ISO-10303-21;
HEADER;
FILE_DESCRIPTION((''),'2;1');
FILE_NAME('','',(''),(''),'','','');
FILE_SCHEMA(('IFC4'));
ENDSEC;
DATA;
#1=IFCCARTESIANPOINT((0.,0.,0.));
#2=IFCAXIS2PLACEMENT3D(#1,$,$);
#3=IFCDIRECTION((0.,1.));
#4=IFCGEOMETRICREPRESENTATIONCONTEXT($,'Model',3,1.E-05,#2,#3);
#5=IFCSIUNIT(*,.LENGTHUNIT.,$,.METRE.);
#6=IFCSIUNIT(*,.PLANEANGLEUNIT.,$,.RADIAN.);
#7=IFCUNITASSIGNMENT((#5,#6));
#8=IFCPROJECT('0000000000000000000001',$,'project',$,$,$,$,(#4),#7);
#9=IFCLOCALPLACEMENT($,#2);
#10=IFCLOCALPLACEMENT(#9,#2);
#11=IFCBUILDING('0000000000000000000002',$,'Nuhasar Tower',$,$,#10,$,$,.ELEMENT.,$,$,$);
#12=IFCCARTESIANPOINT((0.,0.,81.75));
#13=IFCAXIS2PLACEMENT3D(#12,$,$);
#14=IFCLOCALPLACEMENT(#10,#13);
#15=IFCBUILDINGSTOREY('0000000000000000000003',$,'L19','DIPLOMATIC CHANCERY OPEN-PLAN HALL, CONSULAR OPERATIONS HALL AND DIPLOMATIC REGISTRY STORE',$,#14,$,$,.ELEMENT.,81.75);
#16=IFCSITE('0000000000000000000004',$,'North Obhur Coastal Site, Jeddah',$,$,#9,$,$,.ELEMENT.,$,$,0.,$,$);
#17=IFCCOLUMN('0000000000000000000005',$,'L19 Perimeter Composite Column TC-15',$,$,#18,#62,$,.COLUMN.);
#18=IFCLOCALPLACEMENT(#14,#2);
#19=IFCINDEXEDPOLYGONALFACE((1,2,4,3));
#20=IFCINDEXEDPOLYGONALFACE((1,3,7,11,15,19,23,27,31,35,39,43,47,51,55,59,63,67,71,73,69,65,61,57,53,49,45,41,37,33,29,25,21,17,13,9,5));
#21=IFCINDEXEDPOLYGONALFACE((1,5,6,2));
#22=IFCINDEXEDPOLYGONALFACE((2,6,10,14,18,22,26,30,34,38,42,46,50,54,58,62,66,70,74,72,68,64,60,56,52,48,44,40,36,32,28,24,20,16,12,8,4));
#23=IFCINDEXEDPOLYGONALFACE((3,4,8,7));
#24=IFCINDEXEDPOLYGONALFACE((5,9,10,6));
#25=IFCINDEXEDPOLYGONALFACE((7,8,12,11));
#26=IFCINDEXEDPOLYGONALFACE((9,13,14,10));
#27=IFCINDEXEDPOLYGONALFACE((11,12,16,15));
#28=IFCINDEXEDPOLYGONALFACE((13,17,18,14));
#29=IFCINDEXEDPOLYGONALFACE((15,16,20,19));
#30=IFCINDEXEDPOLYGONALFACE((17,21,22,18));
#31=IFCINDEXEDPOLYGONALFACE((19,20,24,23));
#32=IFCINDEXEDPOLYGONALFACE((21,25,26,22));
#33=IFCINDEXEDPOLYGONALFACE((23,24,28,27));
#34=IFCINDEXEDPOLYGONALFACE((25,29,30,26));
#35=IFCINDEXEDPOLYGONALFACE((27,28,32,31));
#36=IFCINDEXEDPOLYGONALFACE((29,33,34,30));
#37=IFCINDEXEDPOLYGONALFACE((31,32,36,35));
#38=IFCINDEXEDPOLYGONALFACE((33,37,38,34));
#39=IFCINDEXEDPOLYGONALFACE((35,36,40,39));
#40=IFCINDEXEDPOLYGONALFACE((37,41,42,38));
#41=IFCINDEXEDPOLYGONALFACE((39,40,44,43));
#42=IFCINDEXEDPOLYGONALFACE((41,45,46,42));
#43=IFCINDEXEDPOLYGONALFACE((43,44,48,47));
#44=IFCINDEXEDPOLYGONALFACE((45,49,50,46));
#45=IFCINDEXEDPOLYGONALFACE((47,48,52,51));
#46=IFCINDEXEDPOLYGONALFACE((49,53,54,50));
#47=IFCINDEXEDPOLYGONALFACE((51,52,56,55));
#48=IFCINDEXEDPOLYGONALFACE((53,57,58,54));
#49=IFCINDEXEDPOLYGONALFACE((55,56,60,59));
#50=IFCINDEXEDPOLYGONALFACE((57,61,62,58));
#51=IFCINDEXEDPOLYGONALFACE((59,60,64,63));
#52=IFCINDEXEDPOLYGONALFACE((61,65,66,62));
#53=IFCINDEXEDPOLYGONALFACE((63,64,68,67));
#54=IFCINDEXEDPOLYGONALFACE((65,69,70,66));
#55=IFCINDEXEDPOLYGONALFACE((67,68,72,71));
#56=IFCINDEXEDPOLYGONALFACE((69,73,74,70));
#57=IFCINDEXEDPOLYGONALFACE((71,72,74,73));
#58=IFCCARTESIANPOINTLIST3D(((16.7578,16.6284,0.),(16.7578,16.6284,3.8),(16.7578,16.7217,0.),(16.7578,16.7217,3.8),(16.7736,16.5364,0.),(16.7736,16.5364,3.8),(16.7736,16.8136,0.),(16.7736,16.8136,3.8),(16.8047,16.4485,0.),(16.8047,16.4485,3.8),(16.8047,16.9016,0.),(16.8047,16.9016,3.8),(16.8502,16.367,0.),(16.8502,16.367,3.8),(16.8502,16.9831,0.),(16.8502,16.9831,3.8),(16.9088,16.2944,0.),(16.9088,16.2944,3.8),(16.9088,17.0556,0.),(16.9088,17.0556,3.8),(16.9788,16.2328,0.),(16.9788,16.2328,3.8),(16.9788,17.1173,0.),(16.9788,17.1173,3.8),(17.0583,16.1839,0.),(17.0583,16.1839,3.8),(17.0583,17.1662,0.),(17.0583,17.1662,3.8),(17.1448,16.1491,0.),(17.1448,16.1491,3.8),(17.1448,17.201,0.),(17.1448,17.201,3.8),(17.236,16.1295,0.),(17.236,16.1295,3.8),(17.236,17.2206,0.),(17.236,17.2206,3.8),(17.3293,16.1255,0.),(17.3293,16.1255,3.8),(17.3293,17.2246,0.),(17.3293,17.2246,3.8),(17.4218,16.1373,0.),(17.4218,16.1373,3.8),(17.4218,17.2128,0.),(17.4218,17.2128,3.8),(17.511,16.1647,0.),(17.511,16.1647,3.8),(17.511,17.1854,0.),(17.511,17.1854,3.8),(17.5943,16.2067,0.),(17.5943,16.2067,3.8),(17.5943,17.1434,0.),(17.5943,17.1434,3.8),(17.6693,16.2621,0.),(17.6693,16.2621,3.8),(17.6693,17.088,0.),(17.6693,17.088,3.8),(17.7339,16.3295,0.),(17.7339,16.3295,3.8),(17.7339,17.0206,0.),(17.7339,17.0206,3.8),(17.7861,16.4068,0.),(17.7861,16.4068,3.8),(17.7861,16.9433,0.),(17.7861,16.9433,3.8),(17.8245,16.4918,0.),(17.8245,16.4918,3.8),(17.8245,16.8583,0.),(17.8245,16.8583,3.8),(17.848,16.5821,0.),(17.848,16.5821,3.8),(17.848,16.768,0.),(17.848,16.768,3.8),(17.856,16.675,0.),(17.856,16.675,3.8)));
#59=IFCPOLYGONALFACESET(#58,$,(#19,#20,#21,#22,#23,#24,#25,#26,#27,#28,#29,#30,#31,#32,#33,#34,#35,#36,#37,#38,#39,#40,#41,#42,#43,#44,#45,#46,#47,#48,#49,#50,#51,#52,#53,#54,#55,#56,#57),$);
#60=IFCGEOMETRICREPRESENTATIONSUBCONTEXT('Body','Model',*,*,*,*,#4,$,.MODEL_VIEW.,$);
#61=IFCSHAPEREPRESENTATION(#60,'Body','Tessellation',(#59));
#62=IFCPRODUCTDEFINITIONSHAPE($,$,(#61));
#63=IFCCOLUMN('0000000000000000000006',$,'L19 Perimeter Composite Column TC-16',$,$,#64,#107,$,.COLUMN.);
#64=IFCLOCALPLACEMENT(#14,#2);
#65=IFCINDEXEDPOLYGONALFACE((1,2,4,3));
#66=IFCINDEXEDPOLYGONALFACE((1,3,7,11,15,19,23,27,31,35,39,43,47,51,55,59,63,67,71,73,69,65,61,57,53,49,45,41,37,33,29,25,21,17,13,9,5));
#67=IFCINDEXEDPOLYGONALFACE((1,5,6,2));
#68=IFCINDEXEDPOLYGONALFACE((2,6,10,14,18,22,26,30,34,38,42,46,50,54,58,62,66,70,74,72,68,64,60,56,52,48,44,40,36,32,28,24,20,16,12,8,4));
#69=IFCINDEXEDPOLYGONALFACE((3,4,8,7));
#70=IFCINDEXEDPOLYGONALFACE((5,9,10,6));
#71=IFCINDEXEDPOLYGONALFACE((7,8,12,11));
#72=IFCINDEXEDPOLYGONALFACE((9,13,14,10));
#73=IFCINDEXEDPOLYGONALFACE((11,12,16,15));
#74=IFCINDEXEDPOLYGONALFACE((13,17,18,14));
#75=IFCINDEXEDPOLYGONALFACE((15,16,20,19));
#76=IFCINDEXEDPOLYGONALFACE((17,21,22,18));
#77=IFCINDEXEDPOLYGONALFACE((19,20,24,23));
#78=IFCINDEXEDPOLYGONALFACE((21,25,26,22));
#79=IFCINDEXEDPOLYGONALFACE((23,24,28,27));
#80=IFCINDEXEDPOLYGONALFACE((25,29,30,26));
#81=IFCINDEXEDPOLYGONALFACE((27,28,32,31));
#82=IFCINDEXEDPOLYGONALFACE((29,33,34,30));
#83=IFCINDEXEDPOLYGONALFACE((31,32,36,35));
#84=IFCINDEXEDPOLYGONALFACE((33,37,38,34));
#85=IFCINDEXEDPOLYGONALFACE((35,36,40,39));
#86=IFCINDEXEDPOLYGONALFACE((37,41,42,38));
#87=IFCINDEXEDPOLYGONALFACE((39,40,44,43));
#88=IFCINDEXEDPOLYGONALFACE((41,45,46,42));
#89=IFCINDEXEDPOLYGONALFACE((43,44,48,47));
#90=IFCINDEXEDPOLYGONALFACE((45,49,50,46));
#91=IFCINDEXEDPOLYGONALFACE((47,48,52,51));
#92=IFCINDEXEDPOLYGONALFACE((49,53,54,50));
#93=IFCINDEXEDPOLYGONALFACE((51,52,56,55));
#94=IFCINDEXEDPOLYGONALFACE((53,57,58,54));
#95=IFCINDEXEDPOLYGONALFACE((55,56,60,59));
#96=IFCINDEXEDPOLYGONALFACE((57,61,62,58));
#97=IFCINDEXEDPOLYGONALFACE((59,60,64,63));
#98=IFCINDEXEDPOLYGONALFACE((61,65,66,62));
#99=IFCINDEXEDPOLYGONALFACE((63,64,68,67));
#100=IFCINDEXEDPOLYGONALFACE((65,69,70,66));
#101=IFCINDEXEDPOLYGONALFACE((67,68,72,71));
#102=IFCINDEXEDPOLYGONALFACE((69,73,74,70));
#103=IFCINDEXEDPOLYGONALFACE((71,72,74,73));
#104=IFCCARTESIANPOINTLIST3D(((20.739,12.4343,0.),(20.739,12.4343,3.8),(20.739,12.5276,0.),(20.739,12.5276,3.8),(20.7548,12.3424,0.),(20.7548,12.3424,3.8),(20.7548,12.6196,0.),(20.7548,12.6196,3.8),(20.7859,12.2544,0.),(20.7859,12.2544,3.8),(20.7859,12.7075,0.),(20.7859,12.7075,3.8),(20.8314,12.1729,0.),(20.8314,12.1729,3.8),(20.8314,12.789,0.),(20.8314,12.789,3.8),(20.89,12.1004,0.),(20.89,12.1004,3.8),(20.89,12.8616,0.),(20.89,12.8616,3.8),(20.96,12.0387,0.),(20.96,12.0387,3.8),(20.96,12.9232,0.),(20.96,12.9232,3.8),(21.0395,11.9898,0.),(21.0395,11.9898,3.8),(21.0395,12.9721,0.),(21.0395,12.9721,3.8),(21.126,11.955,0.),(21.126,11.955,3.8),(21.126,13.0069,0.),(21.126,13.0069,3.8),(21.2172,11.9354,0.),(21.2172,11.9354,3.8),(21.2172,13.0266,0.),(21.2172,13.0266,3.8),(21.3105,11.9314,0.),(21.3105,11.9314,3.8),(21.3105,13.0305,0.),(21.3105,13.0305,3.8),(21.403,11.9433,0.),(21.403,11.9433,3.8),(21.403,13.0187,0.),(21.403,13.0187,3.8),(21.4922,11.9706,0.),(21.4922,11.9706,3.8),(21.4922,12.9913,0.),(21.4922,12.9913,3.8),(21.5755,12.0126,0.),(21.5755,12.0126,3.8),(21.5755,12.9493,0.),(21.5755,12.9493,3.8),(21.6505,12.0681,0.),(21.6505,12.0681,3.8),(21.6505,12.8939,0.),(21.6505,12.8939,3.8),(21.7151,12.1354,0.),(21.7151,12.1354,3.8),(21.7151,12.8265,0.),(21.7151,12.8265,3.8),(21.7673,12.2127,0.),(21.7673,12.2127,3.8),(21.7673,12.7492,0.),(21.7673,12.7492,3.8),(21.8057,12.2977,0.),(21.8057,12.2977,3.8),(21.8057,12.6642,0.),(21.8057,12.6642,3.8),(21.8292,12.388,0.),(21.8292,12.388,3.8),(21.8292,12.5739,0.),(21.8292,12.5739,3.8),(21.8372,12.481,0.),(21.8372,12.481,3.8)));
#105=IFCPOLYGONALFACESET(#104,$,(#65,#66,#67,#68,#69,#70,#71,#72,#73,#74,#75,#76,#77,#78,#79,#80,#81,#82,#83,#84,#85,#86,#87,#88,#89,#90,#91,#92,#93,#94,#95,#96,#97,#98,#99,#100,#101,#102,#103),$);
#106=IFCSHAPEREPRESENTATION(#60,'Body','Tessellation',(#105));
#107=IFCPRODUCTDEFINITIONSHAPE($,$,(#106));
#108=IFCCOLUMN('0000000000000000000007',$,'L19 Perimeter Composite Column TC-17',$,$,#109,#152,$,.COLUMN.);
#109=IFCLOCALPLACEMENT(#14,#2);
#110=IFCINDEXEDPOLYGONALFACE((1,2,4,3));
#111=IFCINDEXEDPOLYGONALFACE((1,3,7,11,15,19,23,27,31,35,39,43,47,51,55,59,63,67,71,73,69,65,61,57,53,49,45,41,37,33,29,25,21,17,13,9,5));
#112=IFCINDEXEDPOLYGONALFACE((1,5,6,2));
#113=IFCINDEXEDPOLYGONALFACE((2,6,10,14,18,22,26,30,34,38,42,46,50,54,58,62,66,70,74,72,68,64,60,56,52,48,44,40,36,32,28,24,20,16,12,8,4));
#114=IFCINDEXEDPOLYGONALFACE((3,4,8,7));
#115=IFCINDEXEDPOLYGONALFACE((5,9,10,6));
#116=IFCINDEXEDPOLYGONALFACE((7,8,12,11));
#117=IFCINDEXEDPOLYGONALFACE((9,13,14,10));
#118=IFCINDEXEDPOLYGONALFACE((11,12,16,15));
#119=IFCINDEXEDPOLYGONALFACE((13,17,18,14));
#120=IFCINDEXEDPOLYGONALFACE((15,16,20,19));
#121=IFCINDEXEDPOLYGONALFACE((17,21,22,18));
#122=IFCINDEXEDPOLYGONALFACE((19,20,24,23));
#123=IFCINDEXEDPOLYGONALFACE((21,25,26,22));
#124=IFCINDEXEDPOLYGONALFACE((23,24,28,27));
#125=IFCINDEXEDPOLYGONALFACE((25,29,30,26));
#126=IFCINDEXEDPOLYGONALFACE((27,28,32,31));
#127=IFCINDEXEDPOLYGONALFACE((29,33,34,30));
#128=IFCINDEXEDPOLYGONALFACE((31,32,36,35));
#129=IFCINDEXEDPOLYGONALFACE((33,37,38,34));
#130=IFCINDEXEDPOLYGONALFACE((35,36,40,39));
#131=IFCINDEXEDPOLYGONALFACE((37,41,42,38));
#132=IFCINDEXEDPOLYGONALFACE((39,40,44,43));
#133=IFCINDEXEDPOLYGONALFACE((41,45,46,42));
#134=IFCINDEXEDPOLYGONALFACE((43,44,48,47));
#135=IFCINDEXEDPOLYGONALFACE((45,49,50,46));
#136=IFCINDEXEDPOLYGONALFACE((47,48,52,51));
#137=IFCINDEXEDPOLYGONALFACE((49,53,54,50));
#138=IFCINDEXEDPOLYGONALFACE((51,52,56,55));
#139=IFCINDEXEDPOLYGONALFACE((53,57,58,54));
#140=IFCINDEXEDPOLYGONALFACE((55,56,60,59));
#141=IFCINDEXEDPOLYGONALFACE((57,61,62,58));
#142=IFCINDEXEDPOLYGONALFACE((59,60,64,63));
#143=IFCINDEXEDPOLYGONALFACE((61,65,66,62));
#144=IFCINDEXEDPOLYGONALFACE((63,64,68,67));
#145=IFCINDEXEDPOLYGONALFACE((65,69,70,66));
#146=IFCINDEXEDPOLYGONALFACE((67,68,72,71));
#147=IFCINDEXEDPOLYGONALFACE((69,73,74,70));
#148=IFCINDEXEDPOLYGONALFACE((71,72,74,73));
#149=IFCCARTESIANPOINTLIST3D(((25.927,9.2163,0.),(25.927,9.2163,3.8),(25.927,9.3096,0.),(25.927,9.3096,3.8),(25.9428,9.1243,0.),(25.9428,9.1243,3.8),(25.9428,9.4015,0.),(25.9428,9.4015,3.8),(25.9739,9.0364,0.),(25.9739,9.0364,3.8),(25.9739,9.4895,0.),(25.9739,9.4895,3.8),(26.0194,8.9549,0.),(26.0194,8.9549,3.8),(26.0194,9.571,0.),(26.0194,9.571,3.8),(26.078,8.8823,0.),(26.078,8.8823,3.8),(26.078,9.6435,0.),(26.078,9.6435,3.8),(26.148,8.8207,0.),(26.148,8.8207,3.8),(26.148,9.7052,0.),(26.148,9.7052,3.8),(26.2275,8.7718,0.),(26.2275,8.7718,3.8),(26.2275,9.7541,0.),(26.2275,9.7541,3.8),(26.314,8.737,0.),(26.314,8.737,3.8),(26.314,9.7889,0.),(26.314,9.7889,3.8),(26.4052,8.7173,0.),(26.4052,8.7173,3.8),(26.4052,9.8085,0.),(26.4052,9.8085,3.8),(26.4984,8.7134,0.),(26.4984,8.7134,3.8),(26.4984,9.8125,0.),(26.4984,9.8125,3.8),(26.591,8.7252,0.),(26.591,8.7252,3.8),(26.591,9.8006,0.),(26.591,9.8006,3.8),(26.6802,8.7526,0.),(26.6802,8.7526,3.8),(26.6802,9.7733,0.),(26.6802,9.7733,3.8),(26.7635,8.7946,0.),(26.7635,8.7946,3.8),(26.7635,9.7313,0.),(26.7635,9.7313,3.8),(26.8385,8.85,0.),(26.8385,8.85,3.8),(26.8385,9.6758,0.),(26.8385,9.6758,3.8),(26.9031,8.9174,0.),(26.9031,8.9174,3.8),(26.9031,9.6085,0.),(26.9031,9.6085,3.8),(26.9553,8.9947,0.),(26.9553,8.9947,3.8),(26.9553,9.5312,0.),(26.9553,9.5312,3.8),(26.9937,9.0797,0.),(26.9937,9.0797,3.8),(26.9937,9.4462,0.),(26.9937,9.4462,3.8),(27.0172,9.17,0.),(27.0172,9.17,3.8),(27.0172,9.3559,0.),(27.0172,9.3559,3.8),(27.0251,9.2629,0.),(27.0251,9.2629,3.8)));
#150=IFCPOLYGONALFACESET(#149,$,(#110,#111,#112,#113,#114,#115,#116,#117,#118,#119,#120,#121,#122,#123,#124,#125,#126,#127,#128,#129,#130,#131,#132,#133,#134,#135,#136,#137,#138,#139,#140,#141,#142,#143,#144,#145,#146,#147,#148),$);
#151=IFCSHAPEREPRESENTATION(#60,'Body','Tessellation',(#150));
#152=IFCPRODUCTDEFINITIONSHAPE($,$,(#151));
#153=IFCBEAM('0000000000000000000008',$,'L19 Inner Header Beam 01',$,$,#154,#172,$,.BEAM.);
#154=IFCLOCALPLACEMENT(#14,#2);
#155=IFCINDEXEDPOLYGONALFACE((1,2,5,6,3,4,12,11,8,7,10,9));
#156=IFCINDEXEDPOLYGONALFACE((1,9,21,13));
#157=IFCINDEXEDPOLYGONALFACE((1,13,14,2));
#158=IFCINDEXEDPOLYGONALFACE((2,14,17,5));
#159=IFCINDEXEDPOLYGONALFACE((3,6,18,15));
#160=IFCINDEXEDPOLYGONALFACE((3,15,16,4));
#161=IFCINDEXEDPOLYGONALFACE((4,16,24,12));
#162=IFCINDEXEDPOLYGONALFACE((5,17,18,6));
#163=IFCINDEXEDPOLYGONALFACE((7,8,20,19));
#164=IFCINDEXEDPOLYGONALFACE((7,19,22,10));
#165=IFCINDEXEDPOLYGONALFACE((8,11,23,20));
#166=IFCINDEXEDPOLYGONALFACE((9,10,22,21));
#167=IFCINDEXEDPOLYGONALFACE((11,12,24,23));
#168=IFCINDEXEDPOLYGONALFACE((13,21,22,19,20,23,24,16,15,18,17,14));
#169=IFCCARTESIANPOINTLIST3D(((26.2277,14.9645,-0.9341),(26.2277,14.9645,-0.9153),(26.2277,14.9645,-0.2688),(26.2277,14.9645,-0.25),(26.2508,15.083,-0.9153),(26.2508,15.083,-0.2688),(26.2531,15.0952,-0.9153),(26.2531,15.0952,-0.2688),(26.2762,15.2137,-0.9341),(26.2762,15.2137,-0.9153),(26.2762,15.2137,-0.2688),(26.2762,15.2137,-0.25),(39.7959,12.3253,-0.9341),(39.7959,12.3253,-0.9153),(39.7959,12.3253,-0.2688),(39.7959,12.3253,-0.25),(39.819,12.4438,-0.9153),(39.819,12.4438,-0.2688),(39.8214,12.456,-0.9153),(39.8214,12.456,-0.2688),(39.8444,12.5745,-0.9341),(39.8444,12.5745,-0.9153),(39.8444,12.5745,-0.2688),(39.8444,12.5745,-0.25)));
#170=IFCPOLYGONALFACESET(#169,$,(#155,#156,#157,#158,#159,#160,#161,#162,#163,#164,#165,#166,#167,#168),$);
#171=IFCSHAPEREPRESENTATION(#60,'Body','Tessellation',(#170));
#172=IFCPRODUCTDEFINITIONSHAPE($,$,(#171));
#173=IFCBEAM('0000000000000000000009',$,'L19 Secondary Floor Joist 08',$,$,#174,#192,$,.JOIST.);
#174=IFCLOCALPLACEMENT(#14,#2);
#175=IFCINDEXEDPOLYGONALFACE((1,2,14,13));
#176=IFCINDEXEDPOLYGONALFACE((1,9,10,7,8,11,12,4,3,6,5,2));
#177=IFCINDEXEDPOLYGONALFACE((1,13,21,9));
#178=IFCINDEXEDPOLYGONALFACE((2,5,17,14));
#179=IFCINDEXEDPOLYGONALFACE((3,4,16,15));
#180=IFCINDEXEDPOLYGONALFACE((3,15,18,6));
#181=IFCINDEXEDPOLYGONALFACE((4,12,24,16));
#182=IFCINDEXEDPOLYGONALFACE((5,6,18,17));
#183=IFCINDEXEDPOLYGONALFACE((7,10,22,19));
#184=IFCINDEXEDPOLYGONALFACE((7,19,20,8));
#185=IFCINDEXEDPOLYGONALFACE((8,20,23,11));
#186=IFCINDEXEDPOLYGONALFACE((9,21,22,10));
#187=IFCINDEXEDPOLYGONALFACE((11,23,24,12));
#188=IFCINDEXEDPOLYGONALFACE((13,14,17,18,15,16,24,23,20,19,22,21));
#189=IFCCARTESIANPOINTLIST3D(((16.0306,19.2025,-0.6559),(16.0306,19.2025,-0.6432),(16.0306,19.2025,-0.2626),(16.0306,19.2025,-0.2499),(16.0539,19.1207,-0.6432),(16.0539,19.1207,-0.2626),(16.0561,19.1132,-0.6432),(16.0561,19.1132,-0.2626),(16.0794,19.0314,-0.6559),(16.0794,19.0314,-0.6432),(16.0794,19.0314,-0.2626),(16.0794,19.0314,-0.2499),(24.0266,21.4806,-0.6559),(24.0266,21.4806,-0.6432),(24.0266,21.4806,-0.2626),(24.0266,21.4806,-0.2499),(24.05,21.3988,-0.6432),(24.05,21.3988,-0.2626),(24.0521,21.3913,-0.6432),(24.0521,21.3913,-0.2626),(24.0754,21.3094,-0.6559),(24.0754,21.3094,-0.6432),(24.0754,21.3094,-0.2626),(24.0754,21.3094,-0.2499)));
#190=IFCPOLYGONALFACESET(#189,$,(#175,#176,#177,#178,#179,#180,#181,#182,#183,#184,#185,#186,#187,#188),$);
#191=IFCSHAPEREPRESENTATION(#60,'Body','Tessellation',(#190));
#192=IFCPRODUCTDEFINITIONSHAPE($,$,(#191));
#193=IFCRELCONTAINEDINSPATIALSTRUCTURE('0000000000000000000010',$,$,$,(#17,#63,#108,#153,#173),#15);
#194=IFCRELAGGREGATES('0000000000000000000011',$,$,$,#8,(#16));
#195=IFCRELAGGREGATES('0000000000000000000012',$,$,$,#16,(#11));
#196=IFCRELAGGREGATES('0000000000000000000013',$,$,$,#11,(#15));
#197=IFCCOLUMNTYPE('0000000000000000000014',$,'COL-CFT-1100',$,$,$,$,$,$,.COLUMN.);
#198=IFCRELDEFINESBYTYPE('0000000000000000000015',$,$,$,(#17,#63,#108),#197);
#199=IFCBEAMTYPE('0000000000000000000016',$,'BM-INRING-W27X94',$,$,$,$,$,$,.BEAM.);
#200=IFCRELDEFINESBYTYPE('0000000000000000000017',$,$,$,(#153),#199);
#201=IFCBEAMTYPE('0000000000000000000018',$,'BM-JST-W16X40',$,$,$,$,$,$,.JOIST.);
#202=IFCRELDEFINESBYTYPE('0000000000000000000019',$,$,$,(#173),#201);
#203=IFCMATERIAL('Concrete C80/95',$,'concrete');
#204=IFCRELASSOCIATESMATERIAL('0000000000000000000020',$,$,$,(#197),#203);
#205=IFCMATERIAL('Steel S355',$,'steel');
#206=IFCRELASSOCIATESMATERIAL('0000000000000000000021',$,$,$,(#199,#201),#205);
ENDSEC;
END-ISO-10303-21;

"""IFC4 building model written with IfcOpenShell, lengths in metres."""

from ifc_helpers import new_model, si_unit, direction, frame, origin, origin_2d, place, context, subcontext, project, spatial, circle, i_section, extrude, material, material_profile, profile_set, type_object, element, save


model = new_model("IFC4")

# Units and contexts
model_context = context("Model", 3, precision=1e-05, world=origin(), true_north=direction((0.0, 1.0)))
body_context = subcontext(model_context, "Body", "Model", "MODEL_VIEW")
ifc_project = project(units=[si_unit("LENGTHUNIT", "METRE"), si_unit("PLANEANGLEUNIT", "RADIAN")], contexts=[model_context])

# Site, building, storey
site_placement = place(None, origin())
site = spatial("IfcSite", under=ifc_project, at=site_placement, Name="North Obhur Coastal Site, Jeddah", CompositionType="ELEMENT", RefElevation=0.0)
building_placement = place(site_placement, origin())
building = spatial("IfcBuilding", under=site, at=building_placement, Name="Nuhasar Tower", CompositionType="ELEMENT")
storey_placement = place(building_placement, frame((0.0, 0.0, 81.75)))
storey = spatial("IfcBuildingStorey", under=building, at=storey_placement, Name="L19", Description="DIPLOMATIC CHANCERY OPEN-PLAN HALL, CONSULAR OPERATIONS HALL AND DIPLOMATIC REGISTRY STORE", CompositionType="ELEMENT", Elevation=81.75)

# Columns
ifc_material_1 = material(Name="Concrete C80/95", Category="concrete")
ifc_material_profile_1 = material_profile(ifc_material_1, circle(Radius=0.55, at=origin_2d()), Name="CFT1100")
ifc_profile_set_1 = profile_set([ifc_material_profile_1], Name="Concrete C80/95")
column_type = type_object("IfcColumnType", Name="COL-CFT-1100", PredefinedType="COLUMN", material=ifc_profile_set_1)
for number, where, z_axis, x_axis, name in (
    (1, (17.3059, 16.675, 0.0), (0.0, 0.0, 1.0), (1.0, 0.0, 0.0), "L19 Perimeter Composite Column TC-15"),
    (2, (21.2871, 12.481, 0.0), (0.0, 0.0, 1.0), (1.0, 0.0, 0.0), "L19 Perimeter Composite Column TC-16"),
    (3, (26.4751, 9.2629, 0.0), (0.0, 0.0, 1.0), (1.0, 0.0, 0.0), "L19 Perimeter Composite Column TC-17"),
):
    element("IfcColumn", number, at=place(storey_placement, frame(where, z_axis=z_axis, x_axis=x_axis)), inside=storey, type_object=column_type, Name=name, PredefinedType="COLUMN", context=body_context, shape_type="SweptSolid", body=[
        extrude(circle(Radius=0.55, at=origin_2d()), origin(), (0.0, 0.0, 1.0), 3.8),
    ])

# Beams
ifc_material_2 = material(Name="Steel S355", Category="steel")
ifc_material_profile_2 = material_profile(ifc_material_2, i_section(OverallWidth=0.2539, OverallDepth=0.6841, WebThickness=0.0125, FlangeThickness=0.0188, at=origin_2d()), Name="W27X94")
ifc_profile_set_2 = profile_set([ifc_material_profile_2], Name="Steel S355")
beam_type_1 = type_object("IfcBeamType", Name="BM-INRING-W27X94", PredefinedType="BEAM", material=ifc_profile_set_2)
beam_1_placement = place(storey_placement, frame((26.252, 15.0891, -0.592), z_axis=(0.981603, -0.190933, 0.0), x_axis=(0.190933, 0.981603, 0.0)))
element("IfcBeam", 4, at=beam_1_placement, inside=storey, type_object=beam_type_1, Name="L19 Inner Header Beam 01", PredefinedType="BEAM", context=body_context, shape_type="SweptSolid", body=[
    extrude(i_section(OverallWidth=0.2539, OverallDepth=0.6841, WebThickness=0.0125, FlangeThickness=0.0188, at=origin_2d()), origin(), (0.0, 0.0, 1.0), 13.8225),
])
ifc_material_profile_3 = material_profile(ifc_material_2, i_section(OverallWidth=0.178, OverallDepth=0.406, WebThickness=0.0078, FlangeThickness=0.0127, at=origin_2d()), Name="W16X40")
ifc_profile_set_3 = profile_set([ifc_material_profile_3], Name="Steel S355")
beam_type_2 = type_object("IfcBeamType", Name="BM-JST-W16X40", PredefinedType="JOIST", material=ifc_profile_set_3)
beam_2_placement = place(storey_placement, frame((24.051, 21.395, -0.4529), z_axis=(-0.961731, -0.273996, 0.0), x_axis=(0.273996, -0.961731, 0.0)))
element("IfcBeam", 5, at=beam_2_placement, inside=storey, type_object=beam_type_2, Name="L19 Secondary Floor Joist 08", PredefinedType="JOIST", context=body_context, shape_type="SweptSolid", body=[
    extrude(i_section(OverallWidth=0.178, OverallDepth=0.406, WebThickness=0.0078, FlangeThickness=0.0127, at=origin_2d()), origin(), (0.0, 0.0, 1.0), 8.3142),
])

save(model, "model.ifc")
